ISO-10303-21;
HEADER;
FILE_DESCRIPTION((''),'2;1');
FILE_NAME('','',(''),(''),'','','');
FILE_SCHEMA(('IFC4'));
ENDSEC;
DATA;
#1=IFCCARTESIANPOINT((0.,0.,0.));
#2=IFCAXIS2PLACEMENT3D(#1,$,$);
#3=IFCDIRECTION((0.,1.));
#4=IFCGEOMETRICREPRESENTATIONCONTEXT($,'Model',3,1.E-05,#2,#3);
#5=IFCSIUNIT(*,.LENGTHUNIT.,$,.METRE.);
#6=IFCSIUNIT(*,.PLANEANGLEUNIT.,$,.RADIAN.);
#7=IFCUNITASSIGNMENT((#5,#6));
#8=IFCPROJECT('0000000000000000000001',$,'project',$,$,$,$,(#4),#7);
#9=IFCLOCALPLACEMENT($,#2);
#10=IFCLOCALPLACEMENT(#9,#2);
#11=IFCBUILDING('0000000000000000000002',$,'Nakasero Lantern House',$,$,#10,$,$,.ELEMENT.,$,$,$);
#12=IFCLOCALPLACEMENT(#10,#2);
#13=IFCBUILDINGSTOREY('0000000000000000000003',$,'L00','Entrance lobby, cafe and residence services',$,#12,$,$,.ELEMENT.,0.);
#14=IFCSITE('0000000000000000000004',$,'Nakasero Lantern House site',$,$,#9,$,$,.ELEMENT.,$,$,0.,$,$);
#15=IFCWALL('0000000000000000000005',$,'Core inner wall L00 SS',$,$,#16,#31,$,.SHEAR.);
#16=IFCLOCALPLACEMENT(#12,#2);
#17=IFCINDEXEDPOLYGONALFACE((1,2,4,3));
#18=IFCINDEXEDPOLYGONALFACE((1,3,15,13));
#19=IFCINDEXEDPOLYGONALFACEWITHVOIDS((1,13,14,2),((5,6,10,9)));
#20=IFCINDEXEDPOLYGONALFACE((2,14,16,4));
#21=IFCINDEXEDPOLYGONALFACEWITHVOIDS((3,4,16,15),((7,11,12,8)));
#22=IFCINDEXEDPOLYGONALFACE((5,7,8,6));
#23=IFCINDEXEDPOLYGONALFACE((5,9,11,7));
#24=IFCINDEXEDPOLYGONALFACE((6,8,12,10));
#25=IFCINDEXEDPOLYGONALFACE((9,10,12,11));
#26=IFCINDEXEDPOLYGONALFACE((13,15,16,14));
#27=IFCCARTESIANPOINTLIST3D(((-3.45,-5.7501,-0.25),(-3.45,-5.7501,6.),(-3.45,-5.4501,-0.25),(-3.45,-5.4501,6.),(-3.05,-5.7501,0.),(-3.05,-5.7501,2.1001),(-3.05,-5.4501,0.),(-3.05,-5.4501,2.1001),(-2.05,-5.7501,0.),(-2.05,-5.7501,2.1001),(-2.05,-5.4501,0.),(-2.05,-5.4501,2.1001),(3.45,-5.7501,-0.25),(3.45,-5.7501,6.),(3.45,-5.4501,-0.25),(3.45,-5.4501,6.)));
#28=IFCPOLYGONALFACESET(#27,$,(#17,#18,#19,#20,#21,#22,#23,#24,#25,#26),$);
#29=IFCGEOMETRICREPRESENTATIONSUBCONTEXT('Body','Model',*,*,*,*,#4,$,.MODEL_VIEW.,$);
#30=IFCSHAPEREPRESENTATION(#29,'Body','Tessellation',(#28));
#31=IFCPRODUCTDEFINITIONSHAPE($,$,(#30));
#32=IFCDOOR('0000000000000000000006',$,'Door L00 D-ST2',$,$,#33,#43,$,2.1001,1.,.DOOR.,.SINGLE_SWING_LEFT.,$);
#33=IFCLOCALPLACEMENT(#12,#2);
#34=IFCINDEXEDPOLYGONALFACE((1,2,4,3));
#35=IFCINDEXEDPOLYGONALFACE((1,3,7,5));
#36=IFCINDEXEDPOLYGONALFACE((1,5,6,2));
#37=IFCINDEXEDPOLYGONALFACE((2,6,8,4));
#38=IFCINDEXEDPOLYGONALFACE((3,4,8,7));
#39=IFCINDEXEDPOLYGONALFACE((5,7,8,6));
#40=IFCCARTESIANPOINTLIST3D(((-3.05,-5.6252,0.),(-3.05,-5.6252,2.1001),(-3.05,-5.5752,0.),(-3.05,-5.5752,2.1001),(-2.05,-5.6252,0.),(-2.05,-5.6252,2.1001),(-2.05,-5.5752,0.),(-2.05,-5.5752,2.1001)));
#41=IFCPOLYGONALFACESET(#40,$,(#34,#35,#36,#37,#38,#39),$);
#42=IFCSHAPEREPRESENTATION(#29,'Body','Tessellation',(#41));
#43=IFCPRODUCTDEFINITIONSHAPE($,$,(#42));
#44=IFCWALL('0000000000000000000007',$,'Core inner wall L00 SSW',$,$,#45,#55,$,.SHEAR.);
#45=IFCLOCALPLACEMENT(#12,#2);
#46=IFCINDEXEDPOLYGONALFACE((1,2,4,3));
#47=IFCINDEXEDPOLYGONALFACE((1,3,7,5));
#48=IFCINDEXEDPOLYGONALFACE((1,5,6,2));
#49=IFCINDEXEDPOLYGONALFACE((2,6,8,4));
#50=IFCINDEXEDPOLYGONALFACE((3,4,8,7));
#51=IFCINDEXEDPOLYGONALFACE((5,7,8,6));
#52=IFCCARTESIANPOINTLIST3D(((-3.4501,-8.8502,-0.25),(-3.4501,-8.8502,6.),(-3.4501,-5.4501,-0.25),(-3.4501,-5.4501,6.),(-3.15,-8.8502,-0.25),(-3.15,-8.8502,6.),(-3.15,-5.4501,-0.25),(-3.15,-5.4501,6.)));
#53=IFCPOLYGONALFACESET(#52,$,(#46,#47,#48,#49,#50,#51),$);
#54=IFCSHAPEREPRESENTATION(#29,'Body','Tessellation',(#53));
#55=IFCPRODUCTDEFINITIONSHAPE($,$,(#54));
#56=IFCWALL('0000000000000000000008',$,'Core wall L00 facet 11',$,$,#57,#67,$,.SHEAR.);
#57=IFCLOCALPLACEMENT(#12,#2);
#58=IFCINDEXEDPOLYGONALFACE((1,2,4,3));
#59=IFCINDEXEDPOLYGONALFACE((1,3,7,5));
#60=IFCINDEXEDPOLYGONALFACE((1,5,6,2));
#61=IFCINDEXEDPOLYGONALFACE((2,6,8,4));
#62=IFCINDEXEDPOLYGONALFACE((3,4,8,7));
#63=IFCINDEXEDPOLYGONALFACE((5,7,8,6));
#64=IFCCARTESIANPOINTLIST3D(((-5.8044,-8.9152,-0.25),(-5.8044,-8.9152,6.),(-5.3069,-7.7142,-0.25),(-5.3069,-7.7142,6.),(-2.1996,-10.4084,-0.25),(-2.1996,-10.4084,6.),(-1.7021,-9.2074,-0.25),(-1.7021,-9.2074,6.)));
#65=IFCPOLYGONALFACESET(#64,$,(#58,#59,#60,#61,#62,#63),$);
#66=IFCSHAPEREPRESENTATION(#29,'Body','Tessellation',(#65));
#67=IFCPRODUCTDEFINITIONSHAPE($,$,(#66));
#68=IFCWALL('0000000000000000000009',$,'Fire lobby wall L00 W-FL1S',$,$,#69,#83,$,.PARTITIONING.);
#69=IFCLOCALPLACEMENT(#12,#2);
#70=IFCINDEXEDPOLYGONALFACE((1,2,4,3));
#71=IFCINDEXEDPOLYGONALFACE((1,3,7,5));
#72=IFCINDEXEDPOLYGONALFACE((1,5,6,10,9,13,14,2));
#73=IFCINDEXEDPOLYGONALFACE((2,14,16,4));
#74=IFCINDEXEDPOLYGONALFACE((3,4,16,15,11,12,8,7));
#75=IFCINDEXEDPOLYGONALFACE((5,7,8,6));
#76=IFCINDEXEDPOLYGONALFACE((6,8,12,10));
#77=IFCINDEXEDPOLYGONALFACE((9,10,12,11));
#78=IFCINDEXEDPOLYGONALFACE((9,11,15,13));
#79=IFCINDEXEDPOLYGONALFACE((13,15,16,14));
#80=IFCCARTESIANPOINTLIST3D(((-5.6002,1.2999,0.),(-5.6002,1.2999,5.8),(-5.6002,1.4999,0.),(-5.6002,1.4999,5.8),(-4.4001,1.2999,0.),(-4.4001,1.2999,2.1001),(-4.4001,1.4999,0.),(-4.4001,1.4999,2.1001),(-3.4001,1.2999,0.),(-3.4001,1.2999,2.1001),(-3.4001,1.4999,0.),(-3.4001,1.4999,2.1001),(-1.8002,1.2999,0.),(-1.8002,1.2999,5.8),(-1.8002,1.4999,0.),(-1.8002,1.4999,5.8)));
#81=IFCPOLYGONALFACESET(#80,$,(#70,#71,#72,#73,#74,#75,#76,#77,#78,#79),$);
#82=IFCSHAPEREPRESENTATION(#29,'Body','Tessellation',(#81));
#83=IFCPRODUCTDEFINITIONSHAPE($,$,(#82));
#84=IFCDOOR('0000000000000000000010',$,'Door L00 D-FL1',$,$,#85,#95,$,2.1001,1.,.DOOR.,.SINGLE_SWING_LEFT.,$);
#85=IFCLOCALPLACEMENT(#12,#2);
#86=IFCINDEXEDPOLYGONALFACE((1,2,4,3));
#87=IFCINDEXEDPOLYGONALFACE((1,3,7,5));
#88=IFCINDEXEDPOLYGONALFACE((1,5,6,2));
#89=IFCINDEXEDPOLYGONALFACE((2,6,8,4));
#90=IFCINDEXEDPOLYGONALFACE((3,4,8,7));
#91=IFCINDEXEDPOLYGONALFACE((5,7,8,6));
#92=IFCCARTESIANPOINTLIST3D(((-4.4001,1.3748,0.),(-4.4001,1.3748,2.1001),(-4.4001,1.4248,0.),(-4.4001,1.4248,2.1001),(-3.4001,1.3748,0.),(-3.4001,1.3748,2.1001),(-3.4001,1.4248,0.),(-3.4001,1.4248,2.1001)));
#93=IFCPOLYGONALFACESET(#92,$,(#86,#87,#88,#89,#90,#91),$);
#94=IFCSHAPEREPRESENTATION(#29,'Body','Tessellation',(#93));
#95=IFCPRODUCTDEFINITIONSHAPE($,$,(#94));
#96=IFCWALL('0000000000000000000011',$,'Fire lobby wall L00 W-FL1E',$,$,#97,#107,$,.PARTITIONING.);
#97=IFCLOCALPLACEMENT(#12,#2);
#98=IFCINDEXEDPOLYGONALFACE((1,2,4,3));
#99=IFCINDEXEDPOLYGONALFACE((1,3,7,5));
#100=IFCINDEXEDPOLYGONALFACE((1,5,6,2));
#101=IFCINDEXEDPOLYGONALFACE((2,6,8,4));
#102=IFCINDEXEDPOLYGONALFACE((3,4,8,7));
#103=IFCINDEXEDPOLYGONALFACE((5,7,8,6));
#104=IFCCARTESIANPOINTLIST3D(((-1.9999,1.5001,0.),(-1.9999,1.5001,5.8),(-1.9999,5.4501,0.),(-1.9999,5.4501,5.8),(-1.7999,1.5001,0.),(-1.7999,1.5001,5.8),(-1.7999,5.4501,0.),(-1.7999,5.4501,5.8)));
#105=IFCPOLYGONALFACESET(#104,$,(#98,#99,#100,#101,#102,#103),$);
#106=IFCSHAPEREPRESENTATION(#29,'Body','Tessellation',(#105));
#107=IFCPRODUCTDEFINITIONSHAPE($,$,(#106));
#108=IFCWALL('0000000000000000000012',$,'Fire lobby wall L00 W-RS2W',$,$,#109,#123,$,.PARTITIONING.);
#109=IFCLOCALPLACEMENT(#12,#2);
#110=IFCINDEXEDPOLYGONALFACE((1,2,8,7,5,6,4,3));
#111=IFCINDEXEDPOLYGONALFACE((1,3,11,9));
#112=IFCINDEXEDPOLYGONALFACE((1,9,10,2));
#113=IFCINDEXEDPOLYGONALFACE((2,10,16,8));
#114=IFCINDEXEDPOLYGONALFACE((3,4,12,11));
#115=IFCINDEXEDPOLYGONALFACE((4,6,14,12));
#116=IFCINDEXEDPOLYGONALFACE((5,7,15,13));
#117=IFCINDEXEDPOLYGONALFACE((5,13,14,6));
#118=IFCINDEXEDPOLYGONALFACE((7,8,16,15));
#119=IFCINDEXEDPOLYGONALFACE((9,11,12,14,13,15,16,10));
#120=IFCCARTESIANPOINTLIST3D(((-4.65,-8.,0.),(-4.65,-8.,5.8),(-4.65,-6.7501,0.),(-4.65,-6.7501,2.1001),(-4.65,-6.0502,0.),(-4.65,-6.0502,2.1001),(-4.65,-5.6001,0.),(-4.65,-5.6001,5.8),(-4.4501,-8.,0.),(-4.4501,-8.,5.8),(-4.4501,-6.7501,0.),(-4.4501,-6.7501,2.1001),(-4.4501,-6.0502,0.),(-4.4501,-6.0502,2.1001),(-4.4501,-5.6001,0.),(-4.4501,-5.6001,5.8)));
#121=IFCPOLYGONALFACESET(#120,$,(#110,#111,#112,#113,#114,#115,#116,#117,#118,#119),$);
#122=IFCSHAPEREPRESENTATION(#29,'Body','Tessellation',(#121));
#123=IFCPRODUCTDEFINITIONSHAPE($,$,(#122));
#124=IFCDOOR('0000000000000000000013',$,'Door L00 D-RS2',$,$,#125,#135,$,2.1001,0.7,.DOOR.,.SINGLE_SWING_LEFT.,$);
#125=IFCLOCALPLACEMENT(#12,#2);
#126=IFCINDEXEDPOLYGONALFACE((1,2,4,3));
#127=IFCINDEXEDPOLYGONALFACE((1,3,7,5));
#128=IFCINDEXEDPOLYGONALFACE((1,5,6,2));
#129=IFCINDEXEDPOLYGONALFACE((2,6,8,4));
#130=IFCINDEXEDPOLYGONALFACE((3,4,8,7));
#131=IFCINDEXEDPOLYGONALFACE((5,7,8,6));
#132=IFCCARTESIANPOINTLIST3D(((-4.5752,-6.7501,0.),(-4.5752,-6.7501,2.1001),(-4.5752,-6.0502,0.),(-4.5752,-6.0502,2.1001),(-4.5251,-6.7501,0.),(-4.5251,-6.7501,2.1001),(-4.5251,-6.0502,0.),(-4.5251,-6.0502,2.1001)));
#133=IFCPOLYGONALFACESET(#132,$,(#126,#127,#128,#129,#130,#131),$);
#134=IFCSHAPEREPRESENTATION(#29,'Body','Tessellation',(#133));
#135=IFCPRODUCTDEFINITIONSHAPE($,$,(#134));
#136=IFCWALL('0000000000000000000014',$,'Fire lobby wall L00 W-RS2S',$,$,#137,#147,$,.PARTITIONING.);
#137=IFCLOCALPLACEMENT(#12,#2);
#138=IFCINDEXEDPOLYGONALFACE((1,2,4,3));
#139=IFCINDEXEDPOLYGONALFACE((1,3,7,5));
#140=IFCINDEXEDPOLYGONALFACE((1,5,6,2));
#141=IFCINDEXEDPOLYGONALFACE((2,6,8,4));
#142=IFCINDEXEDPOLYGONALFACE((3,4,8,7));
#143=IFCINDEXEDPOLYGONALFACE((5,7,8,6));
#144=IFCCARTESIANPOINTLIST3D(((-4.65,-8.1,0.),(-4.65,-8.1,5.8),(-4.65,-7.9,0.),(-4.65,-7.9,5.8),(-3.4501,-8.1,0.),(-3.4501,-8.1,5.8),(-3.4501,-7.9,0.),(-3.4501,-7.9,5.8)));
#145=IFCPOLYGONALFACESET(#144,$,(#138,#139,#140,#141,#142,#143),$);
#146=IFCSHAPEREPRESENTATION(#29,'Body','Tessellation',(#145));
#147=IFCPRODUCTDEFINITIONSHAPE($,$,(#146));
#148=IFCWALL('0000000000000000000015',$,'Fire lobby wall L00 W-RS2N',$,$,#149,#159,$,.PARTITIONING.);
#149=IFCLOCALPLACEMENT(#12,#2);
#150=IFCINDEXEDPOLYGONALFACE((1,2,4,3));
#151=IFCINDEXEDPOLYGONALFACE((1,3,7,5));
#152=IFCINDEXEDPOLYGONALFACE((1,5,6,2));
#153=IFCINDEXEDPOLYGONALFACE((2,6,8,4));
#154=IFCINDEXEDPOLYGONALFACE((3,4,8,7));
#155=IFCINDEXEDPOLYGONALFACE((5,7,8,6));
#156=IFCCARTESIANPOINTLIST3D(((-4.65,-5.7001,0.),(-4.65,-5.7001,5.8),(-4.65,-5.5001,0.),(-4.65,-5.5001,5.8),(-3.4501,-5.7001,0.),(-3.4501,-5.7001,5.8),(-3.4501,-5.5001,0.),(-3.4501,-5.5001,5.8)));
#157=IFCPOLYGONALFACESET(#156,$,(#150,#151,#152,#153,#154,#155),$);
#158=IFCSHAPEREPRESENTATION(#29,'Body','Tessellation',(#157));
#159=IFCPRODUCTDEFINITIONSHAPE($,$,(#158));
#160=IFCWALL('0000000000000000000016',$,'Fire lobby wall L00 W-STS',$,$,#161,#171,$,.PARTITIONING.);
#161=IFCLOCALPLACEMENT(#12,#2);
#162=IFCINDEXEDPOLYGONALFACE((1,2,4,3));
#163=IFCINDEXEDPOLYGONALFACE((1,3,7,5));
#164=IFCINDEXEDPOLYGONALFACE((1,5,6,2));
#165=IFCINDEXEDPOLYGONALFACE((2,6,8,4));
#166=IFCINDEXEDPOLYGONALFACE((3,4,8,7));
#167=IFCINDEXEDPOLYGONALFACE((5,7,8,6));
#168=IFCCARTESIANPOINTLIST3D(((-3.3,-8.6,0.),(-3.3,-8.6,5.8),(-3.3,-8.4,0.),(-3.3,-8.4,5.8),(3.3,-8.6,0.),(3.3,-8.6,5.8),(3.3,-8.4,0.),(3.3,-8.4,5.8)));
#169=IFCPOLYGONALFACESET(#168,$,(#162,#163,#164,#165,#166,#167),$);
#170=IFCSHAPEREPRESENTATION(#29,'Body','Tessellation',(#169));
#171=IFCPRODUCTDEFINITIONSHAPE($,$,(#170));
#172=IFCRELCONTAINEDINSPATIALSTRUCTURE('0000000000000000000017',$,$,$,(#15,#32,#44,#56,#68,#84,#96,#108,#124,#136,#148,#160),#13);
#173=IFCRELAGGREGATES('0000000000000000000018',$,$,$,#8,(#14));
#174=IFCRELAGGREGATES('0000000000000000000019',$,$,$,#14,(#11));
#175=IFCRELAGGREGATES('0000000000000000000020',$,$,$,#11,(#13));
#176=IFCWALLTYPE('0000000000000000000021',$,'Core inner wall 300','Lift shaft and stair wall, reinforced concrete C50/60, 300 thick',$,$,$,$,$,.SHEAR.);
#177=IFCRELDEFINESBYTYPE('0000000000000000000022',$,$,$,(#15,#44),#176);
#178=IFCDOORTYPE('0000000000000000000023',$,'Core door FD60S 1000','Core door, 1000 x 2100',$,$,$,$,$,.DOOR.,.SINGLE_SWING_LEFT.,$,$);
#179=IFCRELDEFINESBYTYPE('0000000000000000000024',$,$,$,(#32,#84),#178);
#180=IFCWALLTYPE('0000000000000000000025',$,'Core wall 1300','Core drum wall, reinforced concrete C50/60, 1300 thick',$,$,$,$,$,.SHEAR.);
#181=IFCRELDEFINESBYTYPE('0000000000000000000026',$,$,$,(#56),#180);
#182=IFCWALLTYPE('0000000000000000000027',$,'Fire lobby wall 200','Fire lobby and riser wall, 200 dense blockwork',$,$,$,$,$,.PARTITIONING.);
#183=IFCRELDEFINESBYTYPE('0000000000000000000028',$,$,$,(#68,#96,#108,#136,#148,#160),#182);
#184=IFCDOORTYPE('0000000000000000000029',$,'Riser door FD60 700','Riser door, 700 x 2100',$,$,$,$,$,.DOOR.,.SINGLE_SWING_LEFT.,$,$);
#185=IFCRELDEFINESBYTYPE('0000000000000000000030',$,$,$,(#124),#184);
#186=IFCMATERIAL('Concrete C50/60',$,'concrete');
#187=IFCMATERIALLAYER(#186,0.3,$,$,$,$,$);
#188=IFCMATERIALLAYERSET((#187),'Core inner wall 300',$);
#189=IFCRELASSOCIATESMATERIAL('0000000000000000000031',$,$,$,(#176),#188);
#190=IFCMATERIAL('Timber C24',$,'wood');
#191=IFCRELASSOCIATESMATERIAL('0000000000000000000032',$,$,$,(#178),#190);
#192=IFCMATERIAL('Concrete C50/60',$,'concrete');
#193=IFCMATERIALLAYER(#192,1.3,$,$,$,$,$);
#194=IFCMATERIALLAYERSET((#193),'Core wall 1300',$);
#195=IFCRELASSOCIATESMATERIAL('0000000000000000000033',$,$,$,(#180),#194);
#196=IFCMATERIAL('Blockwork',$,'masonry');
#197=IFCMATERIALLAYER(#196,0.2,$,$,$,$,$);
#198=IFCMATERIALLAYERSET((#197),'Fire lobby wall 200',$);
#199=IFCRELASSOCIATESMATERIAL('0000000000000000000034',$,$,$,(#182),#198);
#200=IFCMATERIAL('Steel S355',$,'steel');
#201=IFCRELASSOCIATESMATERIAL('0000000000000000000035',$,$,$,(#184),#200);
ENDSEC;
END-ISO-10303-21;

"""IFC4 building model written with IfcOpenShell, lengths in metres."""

from ifc_helpers import new_model, si_unit, direction, frame, frame_2d, origin, place, context, subcontext, project, spatial, rectangle, extrude, material, layer, layer_set, type_object, element, fill, save


model = new_model("IFC4")

# Units and contexts
model_context = context("Model", 3, precision=1e-05, world=origin(), true_north=direction((0.0, 1.0)))
body_context = subcontext(model_context, "Body", "Model", "MODEL_VIEW")
ifc_project = project(units=[si_unit("LENGTHUNIT", "METRE"), si_unit("PLANEANGLEUNIT", "RADIAN")], contexts=[model_context])

# Site, building, storey
site_placement = place(None, origin())
site = spatial("IfcSite", under=ifc_project, at=site_placement, Name="Nakasero Lantern House site", CompositionType="ELEMENT", RefElevation=0.0)
building_placement = place(site_placement, origin())
building = spatial("IfcBuilding", under=site, at=building_placement, Name="Nakasero Lantern House", CompositionType="ELEMENT")
storey_placement = place(building_placement, origin())
storey = spatial("IfcBuildingStorey", under=building, at=storey_placement, Name="L00", Description="Entrance lobby, cafe and residence services", CompositionType="ELEMENT", Elevation=0.0)

# Shared definitions
ifc_material_1 = material(Name="Concrete C50/60", Category="concrete")
ifc_layer_1 = layer(ifc_material_1, 0.3)
ifc_layer_set_1 = layer_set([ifc_layer_1], Name="Core inner wall 300")
wall_type_1 = type_object("IfcWallType", Name="Core inner wall 300", Description="Lift shaft and stair wall, reinforced concrete C50/60, 300 thick", PredefinedType="SHEAR", material=ifc_layer_set_1)

# Wall, opening, door
wall_1_placement = place(storey_placement, frame((-3.45, -5.6001, -0.25), z_axis=(0.0, 0.0, 1.0), x_axis=(1.0, 0.0, 0.0)))
wall_1 = element("IfcWall", 1, at=wall_1_placement, inside=storey, type_object=wall_type_1, Name="Core inner wall L00 SS", PredefinedType="SHEAR", context=body_context, shape_type="SweptSolid", body=[
    extrude(rectangle(XDim=6.8999, YDim=0.3, at=frame_2d((3.45, 0.0))), origin(), (0.0, 0.0, 1.0), 6.25),
])
opening_1_placement = place(wall_1_placement, frame((0.3999, 0.0, 0.25)))
opening_1 = element("IfcOpeningElement", 2, at=opening_1_placement, cuts=wall_1, PredefinedType="OPENING", context=body_context, shape_type="SweptSolid", body=[
    extrude(rectangle(XDim=1.0, YDim=2.1001, at=frame_2d((0.5, 1.05))), frame((0.0, 0.1699, 0.0), z_axis=(0.0, -1.0, 0.0), x_axis=(1.0, 0.0, 0.0)), (0.0, 0.0, 1.0), 0.3401),
])
ifc_material_2 = material(Name="Timber C24", Category="wood")
door_type_1 = type_object("IfcDoorType", Name="Core door FD60S 1000", Description="Core door, 1000 x 2100", OperationType="SINGLE_SWING_LEFT", PredefinedType="DOOR", material=ifc_material_2)
door_1_placement = place(opening_1_placement, origin())
door_1 = element("IfcDoor", 3, at=door_1_placement, inside=storey, type_object=door_type_1, Name="Door L00 D-ST2", OperationType="SINGLE_SWING_LEFT", OverallHeight=2.1001, OverallWidth=1.0, PredefinedType="DOOR", context=body_context, shape_type="SweptSolid", body=[
    extrude(rectangle(XDim=1.0, YDim=2.1001, at=frame_2d((0.5, 1.05))), frame((0.0, 0.0249, 0.0), z_axis=(0.0, -1.0, 0.0), x_axis=(1.0, 0.0, 0.0)), (0.0, 0.0, 1.0), 0.05),
])
fill(opening_1, door_1)

# Walls
wall_2_placement = place(storey_placement, frame((-3.3, -5.45, -0.25), z_axis=(0.0, 0.0, 1.0), x_axis=(0.0, -1.0, 0.0)))
element("IfcWall", 4, at=wall_2_placement, inside=storey, type_object=wall_type_1, Name="Core inner wall L00 SSW", PredefinedType="SHEAR", context=body_context, shape_type="SweptSolid", body=[
    extrude(rectangle(XDim=3.4001, YDim=0.3, at=frame_2d((1.7002, 0.0))), origin(), (0.0, 0.0, 1.0), 6.25),
])
ifc_material_3 = material(Name="Concrete C50/60", Category="concrete")
ifc_layer_2 = layer(ifc_material_3, 1.3)
ifc_layer_set_2 = layer_set([ifc_layer_2], Name="Core wall 1300")
wall_type_2 = type_object("IfcWallType", Name="Core wall 1300", Description="Core drum wall, reinforced concrete C50/60, 1300 thick", PredefinedType="SHEAR", material=ifc_layer_set_2)
wall_3_placement = place(storey_placement, frame((-5.5557, -8.3147, -0.25), z_axis=(0.0, 0.0, 1.0), x_axis=(0.923877, -0.382691, 0.0)))
element("IfcWall", 5, at=wall_3_placement, inside=storey, type_object=wall_type_2, Name="Core wall L00 facet 11", PredefinedType="SHEAR", context=body_context, shape_type="SweptSolid", body=[
    extrude(rectangle(XDim=3.9019, YDim=1.3, at=frame_2d((1.9509, 0.0))), origin(), (0.0, 0.0, 1.0), 6.25),
])

# Wall, opening, door
ifc_material_4 = material(Name="Blockwork", Category="masonry")
ifc_layer_3 = layer(ifc_material_4, 0.2)
ifc_layer_set_3 = layer_set([ifc_layer_3], Name="Fire lobby wall 200")
wall_type_3 = type_object("IfcWallType", Name="Fire lobby wall 200", Description="Fire lobby and riser wall, 200 dense blockwork", PredefinedType="PARTITIONING", material=ifc_layer_set_3)
wall_4_placement = place(storey_placement, frame((-5.6001, 1.3999, 0.0), z_axis=(0.0, 0.0, 1.0), x_axis=(1.0, 0.0, 0.0)))
wall_4 = element("IfcWall", 6, at=wall_4_placement, inside=storey, type_object=wall_type_3, Name="Fire lobby wall L00 W-FL1S", PredefinedType="PARTITIONING", context=body_context, shape_type="SweptSolid", body=[
    extrude(rectangle(XDim=3.8, YDim=0.2, at=frame_2d((1.8999, 0.0))), origin(), (0.0, 0.0, 1.0), 5.8),
])
opening_2_placement = place(wall_4_placement, frame((1.2, 0.0, 0.0)))
opening_2 = element("IfcOpeningElement", 7, at=opening_2_placement, cuts=wall_4, PredefinedType="OPENING", context=body_context, shape_type="SweptSolid", body=[
    extrude(rectangle(XDim=1.0, YDim=2.1001, at=frame_2d((0.5, 1.05))), frame((0.0, 0.1199, 0.0), z_axis=(0.0, -1.0, 0.0), x_axis=(1.0, 0.0, 0.0)), (0.0, 0.0, 1.0), 0.24),
])
door_2_placement = place(opening_2_placement, origin())
door_2 = element("IfcDoor", 8, at=door_2_placement, inside=storey, type_object=door_type_1, Name="Door L00 D-FL1", OperationType="SINGLE_SWING_LEFT", OverallHeight=2.1001, OverallWidth=1.0, PredefinedType="DOOR", context=body_context, shape_type="SweptSolid", body=[
    extrude(rectangle(XDim=1.0, YDim=2.1001, at=frame_2d((0.5, 1.05))), frame((0.0, 0.0249, 0.0), z_axis=(0.0, -1.0, 0.0), x_axis=(1.0, 0.0, 0.0)), (0.0, 0.0, 1.0), 0.05),
])
fill(opening_2, door_2)

# Wall
wall_5_placement = place(storey_placement, frame((-1.8999, 1.5, 0.0), z_axis=(0.0, 0.0, 1.0), x_axis=(0.0, 1.0, 0.0)))
element("IfcWall", 9, at=wall_5_placement, inside=storey, type_object=wall_type_3, Name="Fire lobby wall L00 W-FL1E", PredefinedType="PARTITIONING", context=body_context, shape_type="SweptSolid", body=[
    extrude(rectangle(XDim=3.95, YDim=0.2, at=frame_2d((1.9751, 0.0))), origin(), (0.0, 0.0, 1.0), 5.8),
])

# Wall, opening, door
wall_6_placement = place(storey_placement, frame((-4.55, -5.6001, 0.0), z_axis=(0.0, 0.0, 1.0), x_axis=(0.0, -1.0, 0.0)))
wall_6 = element("IfcWall", 10, at=wall_6_placement, inside=storey, type_object=wall_type_3, Name="Fire lobby wall L00 W-RS2W", PredefinedType="PARTITIONING", context=body_context, shape_type="SweptSolid", body=[
    extrude(rectangle(XDim=2.3999, YDim=0.2, at=frame_2d((1.2, 0.0))), origin(), (0.0, 0.0, 1.0), 5.8),
])
opening_3_placement = place(wall_6_placement, frame((0.45, 0.0, 0.0)))
opening_3 = element("IfcOpeningElement", 11, at=opening_3_placement, cuts=wall_6, PredefinedType="OPENING", context=body_context, shape_type="SweptSolid", body=[
    extrude(rectangle(XDim=0.7, YDim=2.1001, at=frame_2d((0.3501, 1.05))), frame((0.0, 0.1199, 0.0), z_axis=(0.0, -1.0, 0.0), x_axis=(1.0, 0.0, 0.0)), (0.0, 0.0, 1.0), 0.24),
])
ifc_material_5 = material(Name="Steel S355", Category="steel")
door_type_2 = type_object("IfcDoorType", Name="Riser door FD60 700", Description="Riser door, 700 x 2100", OperationType="SINGLE_SWING_LEFT", PredefinedType="DOOR", material=ifc_material_5)
door_3_placement = place(opening_3_placement, origin())
door_3 = element("IfcDoor", 12, at=door_3_placement, inside=storey, type_object=door_type_2, Name="Door L00 D-RS2", OperationType="SINGLE_SWING_LEFT", OverallHeight=2.1001, OverallWidth=0.7, PredefinedType="DOOR", context=body_context, shape_type="SweptSolid", body=[
    extrude(rectangle(XDim=0.7, YDim=2.1001, at=frame_2d((0.3501, 1.05))), frame((0.0, 0.0249, 0.0), z_axis=(0.0, -1.0, 0.0), x_axis=(1.0, 0.0, 0.0)), (0.0, 0.0, 1.0), 0.05),
])
fill(opening_3, door_3)

# Walls
for number, where, z_axis, x_axis, name in (
    (13, (-3.45, -8.0, 0.0), (0.0, 0.0, 1.0), (-1.0, 0.0, 0.0), "Fire lobby wall L00 W-RS2S"),
    (14, (-3.45, -5.6001, 0.0), (0.0, 0.0, 1.0), (-1.0, 0.0, 0.0), "Fire lobby wall L00 W-RS2N"),
):
    element("IfcWall", number, at=place(storey_placement, frame(where, z_axis=z_axis, x_axis=x_axis)), inside=storey, type_object=wall_type_3, Name=name, PredefinedType="PARTITIONING", context=body_context, shape_type="SweptSolid", body=[
        extrude(rectangle(XDim=1.2, YDim=0.2, at=frame_2d((0.6001, 0.0))), origin(), (0.0, 0.0, 1.0), 5.8),
    ])
wall_7_placement = place(storey_placement, frame((-3.3, -8.5, 0.0), z_axis=(0.0, 0.0, 1.0), x_axis=(1.0, 0.0, 0.0)))
element("IfcWall", 15, at=wall_7_placement, inside=storey, type_object=wall_type_3, Name="Fire lobby wall L00 W-STS", PredefinedType="PARTITIONING", context=body_context, shape_type="SweptSolid", body=[
    extrude(rectangle(XDim=6.6001, YDim=0.2, at=frame_2d((3.3, 0.0))), origin(), (0.0, 0.0, 1.0), 5.8),
])

save(model, "model.ifc")
